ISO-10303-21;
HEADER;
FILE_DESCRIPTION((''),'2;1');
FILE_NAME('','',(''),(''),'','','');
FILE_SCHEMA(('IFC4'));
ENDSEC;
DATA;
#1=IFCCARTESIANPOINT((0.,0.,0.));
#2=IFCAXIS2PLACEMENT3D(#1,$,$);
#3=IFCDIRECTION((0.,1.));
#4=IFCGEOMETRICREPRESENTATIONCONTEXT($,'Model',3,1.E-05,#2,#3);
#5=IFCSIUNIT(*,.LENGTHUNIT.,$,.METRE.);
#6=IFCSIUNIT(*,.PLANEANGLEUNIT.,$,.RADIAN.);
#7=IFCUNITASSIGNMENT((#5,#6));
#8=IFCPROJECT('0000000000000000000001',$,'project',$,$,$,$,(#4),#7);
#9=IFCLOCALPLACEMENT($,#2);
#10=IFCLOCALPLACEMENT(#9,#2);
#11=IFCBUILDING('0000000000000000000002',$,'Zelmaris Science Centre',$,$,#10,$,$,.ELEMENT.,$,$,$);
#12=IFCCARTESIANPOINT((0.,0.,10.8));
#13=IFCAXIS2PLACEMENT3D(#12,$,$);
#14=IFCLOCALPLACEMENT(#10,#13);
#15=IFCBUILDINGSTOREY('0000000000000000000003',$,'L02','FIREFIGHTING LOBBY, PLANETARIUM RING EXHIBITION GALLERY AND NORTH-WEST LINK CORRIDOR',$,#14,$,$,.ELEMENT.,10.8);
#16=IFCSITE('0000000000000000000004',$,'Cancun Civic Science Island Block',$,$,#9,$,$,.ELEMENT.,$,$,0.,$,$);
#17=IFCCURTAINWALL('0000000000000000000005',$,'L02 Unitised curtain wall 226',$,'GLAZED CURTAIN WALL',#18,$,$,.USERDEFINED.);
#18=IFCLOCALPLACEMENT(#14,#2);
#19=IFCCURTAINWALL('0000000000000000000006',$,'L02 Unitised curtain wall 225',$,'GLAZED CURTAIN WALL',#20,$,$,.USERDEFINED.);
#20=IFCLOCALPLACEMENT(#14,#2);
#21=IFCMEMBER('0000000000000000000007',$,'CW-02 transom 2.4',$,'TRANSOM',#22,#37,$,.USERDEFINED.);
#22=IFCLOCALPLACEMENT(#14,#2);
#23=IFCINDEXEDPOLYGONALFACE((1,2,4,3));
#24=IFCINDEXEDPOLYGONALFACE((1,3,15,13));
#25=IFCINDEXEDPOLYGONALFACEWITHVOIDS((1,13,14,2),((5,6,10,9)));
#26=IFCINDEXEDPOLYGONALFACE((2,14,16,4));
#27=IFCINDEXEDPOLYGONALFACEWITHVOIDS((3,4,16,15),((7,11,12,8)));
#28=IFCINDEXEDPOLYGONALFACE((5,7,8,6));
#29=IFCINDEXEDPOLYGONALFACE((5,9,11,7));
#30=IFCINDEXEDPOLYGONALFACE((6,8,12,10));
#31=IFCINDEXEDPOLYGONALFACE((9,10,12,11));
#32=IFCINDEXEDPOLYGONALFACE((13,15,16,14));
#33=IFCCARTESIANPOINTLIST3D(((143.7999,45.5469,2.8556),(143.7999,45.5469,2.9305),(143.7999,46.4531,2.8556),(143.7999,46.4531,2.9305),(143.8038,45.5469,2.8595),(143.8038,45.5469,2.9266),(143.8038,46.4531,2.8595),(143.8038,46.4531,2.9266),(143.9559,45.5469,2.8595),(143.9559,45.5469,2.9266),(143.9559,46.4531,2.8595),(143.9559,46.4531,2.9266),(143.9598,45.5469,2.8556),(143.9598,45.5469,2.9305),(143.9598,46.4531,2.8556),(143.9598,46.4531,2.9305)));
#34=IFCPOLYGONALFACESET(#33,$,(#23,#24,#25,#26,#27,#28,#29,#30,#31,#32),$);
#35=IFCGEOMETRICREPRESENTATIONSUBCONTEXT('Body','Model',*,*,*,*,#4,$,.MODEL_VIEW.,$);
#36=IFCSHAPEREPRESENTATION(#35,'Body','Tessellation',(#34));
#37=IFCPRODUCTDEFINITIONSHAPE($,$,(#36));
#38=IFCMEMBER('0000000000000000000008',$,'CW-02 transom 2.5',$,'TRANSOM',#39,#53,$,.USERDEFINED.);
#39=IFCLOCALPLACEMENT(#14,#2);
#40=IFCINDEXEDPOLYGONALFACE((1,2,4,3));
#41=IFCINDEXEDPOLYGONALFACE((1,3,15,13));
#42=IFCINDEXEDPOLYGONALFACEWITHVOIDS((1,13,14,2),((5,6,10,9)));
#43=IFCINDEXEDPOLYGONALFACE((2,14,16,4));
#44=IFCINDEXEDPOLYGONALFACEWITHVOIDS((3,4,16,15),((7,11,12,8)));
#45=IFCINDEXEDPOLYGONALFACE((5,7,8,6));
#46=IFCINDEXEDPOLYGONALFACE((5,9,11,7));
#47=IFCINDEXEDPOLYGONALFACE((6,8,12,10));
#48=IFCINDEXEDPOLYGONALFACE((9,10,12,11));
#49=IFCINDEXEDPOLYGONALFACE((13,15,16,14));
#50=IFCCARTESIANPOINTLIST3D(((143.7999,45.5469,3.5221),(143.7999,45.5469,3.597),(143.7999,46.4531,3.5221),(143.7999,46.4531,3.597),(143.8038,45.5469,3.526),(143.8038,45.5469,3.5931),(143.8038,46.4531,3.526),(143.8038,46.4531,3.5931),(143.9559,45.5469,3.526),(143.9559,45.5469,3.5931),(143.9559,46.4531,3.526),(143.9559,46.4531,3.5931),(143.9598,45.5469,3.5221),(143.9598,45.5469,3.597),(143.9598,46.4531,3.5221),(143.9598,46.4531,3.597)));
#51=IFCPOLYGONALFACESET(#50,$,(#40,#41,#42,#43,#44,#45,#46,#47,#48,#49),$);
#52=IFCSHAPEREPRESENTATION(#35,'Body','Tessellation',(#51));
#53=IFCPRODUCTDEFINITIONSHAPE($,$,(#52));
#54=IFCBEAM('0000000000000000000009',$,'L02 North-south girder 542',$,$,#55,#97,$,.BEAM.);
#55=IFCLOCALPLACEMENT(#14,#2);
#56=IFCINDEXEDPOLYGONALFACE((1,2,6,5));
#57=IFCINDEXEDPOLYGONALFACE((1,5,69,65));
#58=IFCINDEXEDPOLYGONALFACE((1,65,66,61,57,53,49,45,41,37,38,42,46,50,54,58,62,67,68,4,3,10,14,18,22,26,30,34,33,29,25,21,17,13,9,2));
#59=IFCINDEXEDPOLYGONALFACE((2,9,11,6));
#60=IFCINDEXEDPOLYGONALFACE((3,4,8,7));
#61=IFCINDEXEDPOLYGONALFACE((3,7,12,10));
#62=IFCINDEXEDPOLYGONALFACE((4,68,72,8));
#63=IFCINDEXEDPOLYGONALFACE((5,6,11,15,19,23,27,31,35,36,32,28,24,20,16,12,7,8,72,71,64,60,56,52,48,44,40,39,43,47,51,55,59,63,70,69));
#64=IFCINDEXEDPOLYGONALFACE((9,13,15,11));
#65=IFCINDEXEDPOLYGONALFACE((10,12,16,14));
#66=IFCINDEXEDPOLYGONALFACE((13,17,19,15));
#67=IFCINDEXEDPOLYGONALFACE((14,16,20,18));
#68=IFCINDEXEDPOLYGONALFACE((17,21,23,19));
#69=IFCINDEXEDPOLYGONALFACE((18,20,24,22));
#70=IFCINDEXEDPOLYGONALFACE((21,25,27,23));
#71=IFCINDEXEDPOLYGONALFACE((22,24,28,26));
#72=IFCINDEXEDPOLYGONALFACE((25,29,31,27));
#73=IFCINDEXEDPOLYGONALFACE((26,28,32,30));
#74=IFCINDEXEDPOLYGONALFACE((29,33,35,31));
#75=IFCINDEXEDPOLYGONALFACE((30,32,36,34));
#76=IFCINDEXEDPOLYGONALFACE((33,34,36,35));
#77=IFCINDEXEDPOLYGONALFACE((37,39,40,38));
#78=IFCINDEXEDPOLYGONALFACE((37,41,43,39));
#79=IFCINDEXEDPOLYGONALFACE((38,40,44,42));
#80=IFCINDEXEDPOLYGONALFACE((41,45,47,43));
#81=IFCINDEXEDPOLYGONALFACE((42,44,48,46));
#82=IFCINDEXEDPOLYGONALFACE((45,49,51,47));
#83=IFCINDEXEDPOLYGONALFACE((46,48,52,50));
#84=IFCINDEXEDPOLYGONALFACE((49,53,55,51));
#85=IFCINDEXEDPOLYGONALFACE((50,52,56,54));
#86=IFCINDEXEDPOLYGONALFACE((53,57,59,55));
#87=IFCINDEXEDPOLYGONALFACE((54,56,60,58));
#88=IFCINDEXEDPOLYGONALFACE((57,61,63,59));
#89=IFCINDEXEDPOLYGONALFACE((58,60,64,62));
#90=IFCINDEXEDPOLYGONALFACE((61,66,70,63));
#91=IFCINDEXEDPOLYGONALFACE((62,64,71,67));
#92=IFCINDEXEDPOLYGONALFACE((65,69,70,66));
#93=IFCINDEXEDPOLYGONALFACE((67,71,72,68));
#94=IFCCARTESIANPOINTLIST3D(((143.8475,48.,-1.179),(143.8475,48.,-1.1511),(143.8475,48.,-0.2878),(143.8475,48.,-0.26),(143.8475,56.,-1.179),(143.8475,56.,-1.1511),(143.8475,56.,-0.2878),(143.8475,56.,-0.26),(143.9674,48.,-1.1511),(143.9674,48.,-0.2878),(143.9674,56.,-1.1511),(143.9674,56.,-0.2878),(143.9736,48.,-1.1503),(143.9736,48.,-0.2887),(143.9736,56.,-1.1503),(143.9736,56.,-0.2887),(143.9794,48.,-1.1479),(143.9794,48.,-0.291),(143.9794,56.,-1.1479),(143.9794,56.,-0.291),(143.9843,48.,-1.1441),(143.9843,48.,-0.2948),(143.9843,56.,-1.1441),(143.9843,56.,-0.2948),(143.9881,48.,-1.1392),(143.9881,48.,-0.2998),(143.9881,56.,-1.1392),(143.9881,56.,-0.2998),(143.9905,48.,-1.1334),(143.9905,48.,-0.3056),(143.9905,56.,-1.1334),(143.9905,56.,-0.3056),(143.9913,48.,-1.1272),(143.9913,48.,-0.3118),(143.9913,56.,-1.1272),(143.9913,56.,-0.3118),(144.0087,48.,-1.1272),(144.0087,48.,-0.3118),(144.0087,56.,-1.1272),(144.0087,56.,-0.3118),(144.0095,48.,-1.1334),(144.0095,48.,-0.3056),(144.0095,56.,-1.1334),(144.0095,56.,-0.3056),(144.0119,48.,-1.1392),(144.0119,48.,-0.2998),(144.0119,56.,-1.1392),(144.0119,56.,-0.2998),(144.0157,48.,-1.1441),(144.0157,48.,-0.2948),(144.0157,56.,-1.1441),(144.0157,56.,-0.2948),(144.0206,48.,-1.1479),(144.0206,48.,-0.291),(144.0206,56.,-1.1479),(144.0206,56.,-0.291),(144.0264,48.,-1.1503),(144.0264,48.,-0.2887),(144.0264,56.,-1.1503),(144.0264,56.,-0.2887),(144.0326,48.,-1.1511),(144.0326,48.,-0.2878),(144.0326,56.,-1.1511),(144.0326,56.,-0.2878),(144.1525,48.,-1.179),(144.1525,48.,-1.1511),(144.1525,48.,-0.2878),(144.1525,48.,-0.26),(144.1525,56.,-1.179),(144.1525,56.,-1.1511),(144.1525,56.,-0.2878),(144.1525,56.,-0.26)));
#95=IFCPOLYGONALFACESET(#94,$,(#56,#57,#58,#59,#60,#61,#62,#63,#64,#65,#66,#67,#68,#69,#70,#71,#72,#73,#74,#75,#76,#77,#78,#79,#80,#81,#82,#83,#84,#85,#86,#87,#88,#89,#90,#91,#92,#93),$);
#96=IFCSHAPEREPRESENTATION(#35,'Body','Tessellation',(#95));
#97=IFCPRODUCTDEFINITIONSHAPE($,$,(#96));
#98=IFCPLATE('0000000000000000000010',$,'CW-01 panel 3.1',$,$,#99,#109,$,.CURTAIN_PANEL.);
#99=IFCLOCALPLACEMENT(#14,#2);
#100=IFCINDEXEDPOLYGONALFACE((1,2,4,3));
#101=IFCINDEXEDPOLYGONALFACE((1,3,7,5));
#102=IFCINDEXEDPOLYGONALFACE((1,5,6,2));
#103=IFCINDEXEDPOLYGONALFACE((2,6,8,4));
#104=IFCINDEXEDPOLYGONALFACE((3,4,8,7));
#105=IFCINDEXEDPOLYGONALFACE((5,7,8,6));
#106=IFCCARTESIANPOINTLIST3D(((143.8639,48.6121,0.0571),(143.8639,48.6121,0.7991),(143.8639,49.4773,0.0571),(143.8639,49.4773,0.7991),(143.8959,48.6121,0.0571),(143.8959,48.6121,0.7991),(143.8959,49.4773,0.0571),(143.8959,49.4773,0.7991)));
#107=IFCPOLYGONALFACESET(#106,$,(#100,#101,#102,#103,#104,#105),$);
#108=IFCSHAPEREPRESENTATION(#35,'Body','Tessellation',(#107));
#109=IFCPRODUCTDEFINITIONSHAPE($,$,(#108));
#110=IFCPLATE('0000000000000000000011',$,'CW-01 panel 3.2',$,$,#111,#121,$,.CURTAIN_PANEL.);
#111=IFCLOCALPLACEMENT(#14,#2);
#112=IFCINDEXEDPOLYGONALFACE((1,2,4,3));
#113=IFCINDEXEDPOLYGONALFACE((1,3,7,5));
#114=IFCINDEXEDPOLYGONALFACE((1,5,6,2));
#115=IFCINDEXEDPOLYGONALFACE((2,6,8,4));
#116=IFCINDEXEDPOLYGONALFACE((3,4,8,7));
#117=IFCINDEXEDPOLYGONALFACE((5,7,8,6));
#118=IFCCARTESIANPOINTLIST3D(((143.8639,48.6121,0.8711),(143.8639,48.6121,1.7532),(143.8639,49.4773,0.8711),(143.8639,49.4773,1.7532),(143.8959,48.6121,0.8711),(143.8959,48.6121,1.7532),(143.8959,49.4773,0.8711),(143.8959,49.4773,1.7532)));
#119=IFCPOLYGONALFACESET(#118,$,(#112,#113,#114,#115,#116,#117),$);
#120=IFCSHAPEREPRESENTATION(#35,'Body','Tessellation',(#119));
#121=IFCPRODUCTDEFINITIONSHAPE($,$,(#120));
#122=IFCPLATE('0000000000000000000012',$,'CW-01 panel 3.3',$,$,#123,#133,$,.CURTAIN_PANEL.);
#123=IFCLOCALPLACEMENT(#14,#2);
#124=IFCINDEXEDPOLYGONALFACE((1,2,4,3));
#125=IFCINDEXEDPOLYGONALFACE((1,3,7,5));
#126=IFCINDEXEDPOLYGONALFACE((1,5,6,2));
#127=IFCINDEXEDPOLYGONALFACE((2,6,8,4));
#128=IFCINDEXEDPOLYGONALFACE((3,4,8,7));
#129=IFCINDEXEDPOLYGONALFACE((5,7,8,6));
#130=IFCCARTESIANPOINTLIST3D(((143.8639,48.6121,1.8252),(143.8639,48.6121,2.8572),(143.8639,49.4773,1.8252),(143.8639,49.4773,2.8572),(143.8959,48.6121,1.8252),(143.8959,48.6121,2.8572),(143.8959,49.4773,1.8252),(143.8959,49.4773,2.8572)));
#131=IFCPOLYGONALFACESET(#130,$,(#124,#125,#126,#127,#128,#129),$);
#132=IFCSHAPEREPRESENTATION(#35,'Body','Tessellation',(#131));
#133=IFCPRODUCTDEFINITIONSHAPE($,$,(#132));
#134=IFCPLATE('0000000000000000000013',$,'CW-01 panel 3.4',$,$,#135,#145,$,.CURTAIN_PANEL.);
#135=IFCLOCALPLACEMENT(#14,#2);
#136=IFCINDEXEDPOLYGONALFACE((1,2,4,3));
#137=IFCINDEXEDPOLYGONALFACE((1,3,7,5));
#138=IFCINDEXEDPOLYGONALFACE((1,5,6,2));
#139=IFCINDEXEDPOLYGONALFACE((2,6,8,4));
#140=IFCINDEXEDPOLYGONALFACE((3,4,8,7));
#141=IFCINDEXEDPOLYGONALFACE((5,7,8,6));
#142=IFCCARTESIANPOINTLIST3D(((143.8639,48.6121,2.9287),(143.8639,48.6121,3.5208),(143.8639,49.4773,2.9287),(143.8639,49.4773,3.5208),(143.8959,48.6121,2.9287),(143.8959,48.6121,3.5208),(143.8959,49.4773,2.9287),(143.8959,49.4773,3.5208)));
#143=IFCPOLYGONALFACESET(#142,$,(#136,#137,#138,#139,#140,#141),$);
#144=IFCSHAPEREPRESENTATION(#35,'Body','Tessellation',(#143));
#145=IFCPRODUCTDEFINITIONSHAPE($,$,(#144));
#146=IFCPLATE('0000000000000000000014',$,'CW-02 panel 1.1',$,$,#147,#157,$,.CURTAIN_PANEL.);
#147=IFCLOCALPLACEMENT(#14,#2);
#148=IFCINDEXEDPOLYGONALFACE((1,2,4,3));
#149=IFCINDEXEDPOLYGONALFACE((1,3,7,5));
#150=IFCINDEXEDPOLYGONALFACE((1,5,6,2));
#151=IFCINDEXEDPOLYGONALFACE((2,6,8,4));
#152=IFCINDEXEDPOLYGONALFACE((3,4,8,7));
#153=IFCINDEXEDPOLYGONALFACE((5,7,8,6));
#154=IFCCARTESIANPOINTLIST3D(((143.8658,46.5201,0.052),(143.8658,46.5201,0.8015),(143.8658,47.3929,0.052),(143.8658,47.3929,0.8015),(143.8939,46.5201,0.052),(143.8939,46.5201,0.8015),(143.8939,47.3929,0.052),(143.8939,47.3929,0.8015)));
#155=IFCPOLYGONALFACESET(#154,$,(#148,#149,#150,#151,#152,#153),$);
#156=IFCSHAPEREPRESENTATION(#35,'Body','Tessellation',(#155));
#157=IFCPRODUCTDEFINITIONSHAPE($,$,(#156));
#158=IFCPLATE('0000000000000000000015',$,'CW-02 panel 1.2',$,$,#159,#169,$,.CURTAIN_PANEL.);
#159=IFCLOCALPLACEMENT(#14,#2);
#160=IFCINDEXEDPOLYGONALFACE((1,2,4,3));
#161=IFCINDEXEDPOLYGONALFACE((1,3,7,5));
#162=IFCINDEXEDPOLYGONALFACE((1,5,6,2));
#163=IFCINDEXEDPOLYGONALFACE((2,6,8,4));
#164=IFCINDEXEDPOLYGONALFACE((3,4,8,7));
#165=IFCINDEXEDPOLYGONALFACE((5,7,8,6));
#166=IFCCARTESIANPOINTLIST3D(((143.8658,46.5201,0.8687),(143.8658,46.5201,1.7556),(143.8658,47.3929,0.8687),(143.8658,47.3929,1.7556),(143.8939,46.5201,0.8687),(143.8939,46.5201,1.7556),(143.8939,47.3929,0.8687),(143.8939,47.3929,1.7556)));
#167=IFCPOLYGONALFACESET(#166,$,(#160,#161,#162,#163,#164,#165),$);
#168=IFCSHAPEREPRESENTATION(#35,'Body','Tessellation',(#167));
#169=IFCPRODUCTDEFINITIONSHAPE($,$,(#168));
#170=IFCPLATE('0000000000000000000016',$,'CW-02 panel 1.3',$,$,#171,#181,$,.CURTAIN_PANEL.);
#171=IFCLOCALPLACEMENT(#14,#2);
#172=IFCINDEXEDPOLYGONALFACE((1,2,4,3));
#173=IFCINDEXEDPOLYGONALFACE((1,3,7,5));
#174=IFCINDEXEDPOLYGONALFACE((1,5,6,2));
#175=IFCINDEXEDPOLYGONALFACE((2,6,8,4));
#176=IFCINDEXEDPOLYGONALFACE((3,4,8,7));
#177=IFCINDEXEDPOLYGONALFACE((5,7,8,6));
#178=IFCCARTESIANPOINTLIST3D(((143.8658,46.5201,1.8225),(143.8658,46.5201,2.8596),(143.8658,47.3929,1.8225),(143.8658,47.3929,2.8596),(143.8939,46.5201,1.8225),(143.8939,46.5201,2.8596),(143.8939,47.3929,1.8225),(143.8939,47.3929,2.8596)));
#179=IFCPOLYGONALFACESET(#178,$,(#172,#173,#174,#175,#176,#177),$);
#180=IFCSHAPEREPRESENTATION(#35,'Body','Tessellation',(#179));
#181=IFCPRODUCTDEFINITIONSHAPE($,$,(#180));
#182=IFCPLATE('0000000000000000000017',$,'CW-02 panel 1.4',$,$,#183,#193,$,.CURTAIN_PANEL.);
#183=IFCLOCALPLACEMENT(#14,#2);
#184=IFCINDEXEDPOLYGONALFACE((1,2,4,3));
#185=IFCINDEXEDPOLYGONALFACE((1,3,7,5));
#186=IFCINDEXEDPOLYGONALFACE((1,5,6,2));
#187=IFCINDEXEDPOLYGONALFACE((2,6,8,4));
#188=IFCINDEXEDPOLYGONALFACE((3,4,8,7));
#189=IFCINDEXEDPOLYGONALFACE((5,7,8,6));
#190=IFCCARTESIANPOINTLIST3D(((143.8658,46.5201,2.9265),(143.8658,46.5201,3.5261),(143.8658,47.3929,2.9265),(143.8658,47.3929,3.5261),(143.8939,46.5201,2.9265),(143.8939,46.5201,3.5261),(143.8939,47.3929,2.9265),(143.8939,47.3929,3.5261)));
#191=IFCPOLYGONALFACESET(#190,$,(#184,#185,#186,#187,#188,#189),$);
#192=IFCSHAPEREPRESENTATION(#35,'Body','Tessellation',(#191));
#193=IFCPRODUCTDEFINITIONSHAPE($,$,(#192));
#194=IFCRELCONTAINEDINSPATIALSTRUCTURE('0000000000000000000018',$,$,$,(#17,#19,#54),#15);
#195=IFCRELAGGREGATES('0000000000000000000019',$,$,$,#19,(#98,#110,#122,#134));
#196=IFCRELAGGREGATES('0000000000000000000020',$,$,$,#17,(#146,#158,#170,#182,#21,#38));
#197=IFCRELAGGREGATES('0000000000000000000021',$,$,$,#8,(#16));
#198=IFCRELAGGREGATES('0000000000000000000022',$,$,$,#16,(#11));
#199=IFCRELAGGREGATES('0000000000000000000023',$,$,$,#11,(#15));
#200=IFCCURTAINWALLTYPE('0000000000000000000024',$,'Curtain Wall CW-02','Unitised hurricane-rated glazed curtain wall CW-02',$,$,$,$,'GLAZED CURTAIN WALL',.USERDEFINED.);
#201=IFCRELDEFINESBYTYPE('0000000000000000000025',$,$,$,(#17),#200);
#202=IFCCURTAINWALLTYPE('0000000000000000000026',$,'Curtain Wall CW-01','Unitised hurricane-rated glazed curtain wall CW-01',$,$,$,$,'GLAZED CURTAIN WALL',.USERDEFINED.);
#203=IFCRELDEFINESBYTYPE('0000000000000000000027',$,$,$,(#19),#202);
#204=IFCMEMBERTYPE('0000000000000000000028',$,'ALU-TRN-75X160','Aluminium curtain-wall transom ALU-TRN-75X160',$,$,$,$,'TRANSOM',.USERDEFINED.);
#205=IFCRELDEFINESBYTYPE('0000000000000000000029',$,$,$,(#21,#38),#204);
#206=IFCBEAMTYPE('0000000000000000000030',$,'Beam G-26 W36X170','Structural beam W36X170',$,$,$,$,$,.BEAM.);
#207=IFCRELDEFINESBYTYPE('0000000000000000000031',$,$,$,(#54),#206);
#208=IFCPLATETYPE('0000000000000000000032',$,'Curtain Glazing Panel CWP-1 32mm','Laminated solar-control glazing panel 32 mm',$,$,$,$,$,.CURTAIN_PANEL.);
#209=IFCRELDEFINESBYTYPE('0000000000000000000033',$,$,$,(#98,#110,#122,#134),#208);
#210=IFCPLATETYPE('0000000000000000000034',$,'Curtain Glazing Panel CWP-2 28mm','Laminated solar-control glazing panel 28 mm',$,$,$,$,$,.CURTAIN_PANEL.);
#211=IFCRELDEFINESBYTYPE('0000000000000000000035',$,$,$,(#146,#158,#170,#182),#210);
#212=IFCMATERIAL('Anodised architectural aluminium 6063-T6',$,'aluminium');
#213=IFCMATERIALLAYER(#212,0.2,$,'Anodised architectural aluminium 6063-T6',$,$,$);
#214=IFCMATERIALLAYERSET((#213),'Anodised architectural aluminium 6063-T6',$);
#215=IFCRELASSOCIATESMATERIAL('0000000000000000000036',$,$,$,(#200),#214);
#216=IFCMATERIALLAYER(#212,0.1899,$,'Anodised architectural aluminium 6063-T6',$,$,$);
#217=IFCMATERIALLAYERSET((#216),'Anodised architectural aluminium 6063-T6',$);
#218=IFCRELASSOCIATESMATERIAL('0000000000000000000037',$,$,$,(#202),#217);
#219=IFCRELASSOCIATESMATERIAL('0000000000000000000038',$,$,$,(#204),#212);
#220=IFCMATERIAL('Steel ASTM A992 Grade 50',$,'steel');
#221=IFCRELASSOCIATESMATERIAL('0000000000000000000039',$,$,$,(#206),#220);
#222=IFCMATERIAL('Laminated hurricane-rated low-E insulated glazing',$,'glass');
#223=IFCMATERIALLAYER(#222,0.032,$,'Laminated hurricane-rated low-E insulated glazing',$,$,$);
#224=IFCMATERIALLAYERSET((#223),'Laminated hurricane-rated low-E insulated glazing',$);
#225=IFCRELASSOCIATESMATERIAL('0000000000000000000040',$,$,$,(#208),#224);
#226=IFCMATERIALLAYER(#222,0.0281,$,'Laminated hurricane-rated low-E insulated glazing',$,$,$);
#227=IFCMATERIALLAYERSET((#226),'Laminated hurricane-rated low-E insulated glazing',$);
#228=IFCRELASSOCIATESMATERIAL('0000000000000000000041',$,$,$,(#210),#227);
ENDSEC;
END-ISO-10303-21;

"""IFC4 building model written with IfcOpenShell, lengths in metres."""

from ifc_helpers import new_model, si_unit, direction, frame, origin, origin_2d, place, context, subcontext, project, spatial, rectangle, hollow_rectangle, i_section, extrude, material, layer, layer_set, material_profile, profile_set, type_object, element, aggregate, save


model = new_model("IFC4")

# Units and contexts
model_context = context("Model", 3, precision=1e-05, world=origin(), true_north=direction((0.0, 1.0)))
body_context = subcontext(model_context, "Body", "Model", "MODEL_VIEW")
ifc_project = project(units=[si_unit("LENGTHUNIT", "METRE"), si_unit("PLANEANGLEUNIT", "RADIAN")], contexts=[model_context])

# Site, building, storey
site_placement = place(None, origin())
site = spatial("IfcSite", under=ifc_project, at=site_placement, Name="Cancun Civic Science Island Block", CompositionType="ELEMENT", RefElevation=0.0)
building_placement = place(site_placement, origin())
building = spatial("IfcBuilding", under=site, at=building_placement, Name="Zelmaris Science Centre", CompositionType="ELEMENT")
storey_placement = place(building_placement, frame((0.0, 0.0, 10.8)))
storey = spatial("IfcBuildingStorey", under=building, at=storey_placement, Name="L02", Description="FIREFIGHTING LOBBY, PLANETARIUM RING EXHIBITION GALLERY AND NORTH-WEST LINK CORRIDOR", CompositionType="ELEMENT", Elevation=10.8)

# Shared definitions
ifc_material_1 = material(Name="Steel ASTM A992 Grade 50", Category="steel")

# Curtain wall
ifc_material_2 = material(Name="Anodised architectural aluminium 6063-T6", Category="aluminium")
ifc_layer_1 = layer(ifc_material_2, 0.2, Name="Anodised architectural aluminium 6063-T6")
ifc_layer_set_1 = layer_set([ifc_layer_1], Name="Anodised architectural aluminium 6063-T6")
curtain_wall_type_1 = type_object("IfcCurtainWallType", Name="Curtain Wall CW-02", Description="Unitised hurricane-rated glazed curtain wall CW-02", ElementType="GLAZED CURTAIN WALL", PredefinedType="USERDEFINED", material=ifc_layer_set_1)
curtain_wall_1_placement = place(storey_placement, origin())
curtain_wall_1 = element("IfcCurtainWall", 1, at=curtain_wall_1_placement, inside=storey, type_object=curtain_wall_type_1, Name="L02 Unitised curtain wall 226", ObjectType="GLAZED CURTAIN WALL", PredefinedType="USERDEFINED")

# Curtain wall
ifc_layer_2 = layer(ifc_material_2, 0.1899, Name="Anodised architectural aluminium 6063-T6")
ifc_layer_set_2 = layer_set([ifc_layer_2], Name="Anodised architectural aluminium 6063-T6")
curtain_wall_type_2 = type_object("IfcCurtainWallType", Name="Curtain Wall CW-01", Description="Unitised hurricane-rated glazed curtain wall CW-01", ElementType="GLAZED CURTAIN WALL", PredefinedType="USERDEFINED", material=ifc_layer_set_2)
curtain_wall_2_placement = place(storey_placement, origin())
curtain_wall_2 = element("IfcCurtainWall", 2, at=curtain_wall_2_placement, inside=storey, type_object=curtain_wall_type_2, Name="L02 Unitised curtain wall 225", ObjectType="GLAZED CURTAIN WALL", PredefinedType="USERDEFINED")

# Members
ifc_material_profile_1 = material_profile(ifc_material_2, hollow_rectangle(XDim=0.075, YDim=0.1599, WallThickness=0.0039, at=origin_2d()), Name="ALU-TRN-75X160")
ifc_profile_set_1 = profile_set([ifc_material_profile_1], Name="Anodised architectural aluminium 6063-T6")
member_type_1 = type_object("IfcMemberType", Name="ALU-TRN-75X160", Description="Aluminium curtain-wall transom ALU-TRN-75X160", ElementType="TRANSOM", PredefinedType="USERDEFINED", material=ifc_profile_set_1)
member_1_placement = place(storey_placement, frame((143.8799, 46.4531, 2.8931), z_axis=(0.0, -1.0, 0.0), x_axis=(0.0, 0.0, 1.0)))
member_1 = element("IfcMember", 3, at=member_1_placement, type_object=member_type_1, Name="CW-02 transom 2.4", ObjectType="TRANSOM", PredefinedType="USERDEFINED", context=body_context, shape_type="SweptSolid", body=[
    extrude(hollow_rectangle(XDim=0.075, YDim=0.1599, WallThickness=0.0039, at=origin_2d()), origin(), (0.0, 0.0, 1.0), 0.9062),
])
member_2_placement = place(storey_placement, frame((143.8799, 46.4531, 3.5596), z_axis=(0.0, -1.0, 0.0), x_axis=(0.0, 0.0, 1.0)))
member_2 = element("IfcMember", 4, at=member_2_placement, type_object=member_type_1, Name="CW-02 transom 2.5", ObjectType="TRANSOM", PredefinedType="USERDEFINED", context=body_context, shape_type="SweptSolid", body=[
    extrude(hollow_rectangle(XDim=0.075, YDim=0.1599, WallThickness=0.0039, at=origin_2d()), origin(), (0.0, 0.0, 1.0), 0.9062),
])

# Beam
ifc_material_profile_2 = material_profile(ifc_material_1, i_section(OverallWidth=0.3049, OverallDepth=0.9189, WebThickness=0.0173, FlangeThickness=0.0278, FilletRadius=0.0239, at=origin_2d()), Name="W36X170")
ifc_profile_set_2 = profile_set([ifc_material_profile_2], Name="Steel ASTM A992 Grade 50")
beam_type = type_object("IfcBeamType", Name="Beam G-26 W36X170", Description="Structural beam W36X170", PredefinedType="BEAM", material=ifc_profile_set_2)
beam_placement = place(storey_placement, frame((144.0, 48.0, -0.7195), z_axis=(0.0, 1.0, 0.0), x_axis=(-1.0, 0.0, 0.0)))
element("IfcBeam", 5, at=beam_placement, inside=storey, type_object=beam_type, Name="L02 North-south girder 542", PredefinedType="BEAM", context=body_context, shape_type="SweptSolid", body=[
    extrude(i_section(OverallWidth=0.3049, OverallDepth=0.9189, WebThickness=0.0173, FlangeThickness=0.0278, FilletRadius=0.0239, at=origin_2d()), origin(), (0.0, 0.0, 1.0), 8.0),
])

# Plates
ifc_material_3 = material(Name="Laminated hurricane-rated low-E insulated glazing", Category="glass")
ifc_layer_3 = layer(ifc_material_3, 0.032, Name="Laminated hurricane-rated low-E insulated glazing")
ifc_layer_set_3 = layer_set([ifc_layer_3], Name="Laminated hurricane-rated low-E insulated glazing")
plate_type_1 = type_object("IfcPlateType", Name="Curtain Glazing Panel CWP-1 32mm", Description="Laminated solar-control glazing panel 32 mm", PredefinedType="CURTAIN_PANEL", material=ifc_layer_set_3)
plate_1_placement = place(storey_placement, frame((143.8799, 49.0447, 0.0571), z_axis=(0.0, 0.0, 1.0), x_axis=(0.0, -1.0, 0.0)))
plate_1 = element("IfcPlate", 6, at=plate_1_placement, type_object=plate_type_1, Name="CW-01 panel 3.1", PredefinedType="CURTAIN_PANEL", context=body_context, shape_type="SweptSolid", body=[
    extrude(rectangle(XDim=0.8652, YDim=0.032, at=origin_2d()), origin(), (0.0, 0.0, 1.0), 0.7419),
])
plate_2_placement = place(storey_placement, frame((143.8799, 49.0447, 0.8711), z_axis=(0.0, 0.0, 1.0), x_axis=(0.0, -1.0, 0.0)))
plate_2 = element("IfcPlate", 7, at=plate_2_placement, type_object=plate_type_1, Name="CW-01 panel 3.2", PredefinedType="CURTAIN_PANEL", context=body_context, shape_type="SweptSolid", body=[
    extrude(rectangle(XDim=0.8652, YDim=0.032, at=origin_2d()), origin(), (0.0, 0.0, 1.0), 0.8821),
])
plate_3_placement = place(storey_placement, frame((143.8799, 49.0447, 1.8252), z_axis=(0.0, 0.0, 1.0), x_axis=(0.0, -1.0, 0.0)))
plate_3 = element("IfcPlate", 8, at=plate_3_placement, type_object=plate_type_1, Name="CW-01 panel 3.3", PredefinedType="CURTAIN_PANEL", context=body_context, shape_type="SweptSolid", body=[
    extrude(rectangle(XDim=0.8652, YDim=0.032, at=origin_2d()), origin(), (0.0, 0.0, 1.0), 1.032),
])
plate_4_placement = place(storey_placement, frame((143.8799, 49.0447, 2.9287), z_axis=(0.0, 0.0, 1.0), x_axis=(0.0, -1.0, 0.0)))
plate_4 = element("IfcPlate", 9, at=plate_4_placement, type_object=plate_type_1, Name="CW-01 panel 3.4", PredefinedType="CURTAIN_PANEL", context=body_context, shape_type="SweptSolid", body=[
    extrude(rectangle(XDim=0.8652, YDim=0.032, at=origin_2d()), origin(), (0.0, 0.0, 1.0), 0.592),
])
aggregate(curtain_wall_2, [plate_1, plate_2, plate_3, plate_4])
ifc_layer_4 = layer(ifc_material_3, 0.0281, Name="Laminated hurricane-rated low-E insulated glazing")
ifc_layer_set_4 = layer_set([ifc_layer_4], Name="Laminated hurricane-rated low-E insulated glazing")
plate_type_2 = type_object("IfcPlateType", Name="Curtain Glazing Panel CWP-2 28mm", Description="Laminated solar-control glazing panel 28 mm", PredefinedType="CURTAIN_PANEL", material=ifc_layer_set_4)
plate_5_placement = place(storey_placement, frame((143.8799, 46.9565, 0.052), z_axis=(0.0, 0.0, 1.0), x_axis=(0.0, -1.0, 0.0)))
plate_5 = element("IfcPlate", 10, at=plate_5_placement, type_object=plate_type_2, Name="CW-02 panel 1.1", PredefinedType="CURTAIN_PANEL", context=body_context, shape_type="SweptSolid", body=[
    extrude(rectangle(XDim=0.8728, YDim=0.0281, at=origin_2d()), origin(), (0.0, 0.0, 1.0), 0.7495),
])
plate_6_placement = place(storey_placement, frame((143.8799, 46.9565, 0.8687), z_axis=(0.0, 0.0, 1.0), x_axis=(0.0, -1.0, 0.0)))
plate_6 = element("IfcPlate", 11, at=plate_6_placement, type_object=plate_type_2, Name="CW-02 panel 1.2", PredefinedType="CURTAIN_PANEL", context=body_context, shape_type="SweptSolid", body=[
    extrude(rectangle(XDim=0.8728, YDim=0.0281, at=origin_2d()), origin(), (0.0, 0.0, 1.0), 0.887),
])
plate_7_placement = place(storey_placement, frame((143.8799, 46.9565, 1.8225), z_axis=(0.0, 0.0, 1.0), x_axis=(0.0, -1.0, 0.0)))
plate_7 = element("IfcPlate", 12, at=plate_7_placement, type_object=plate_type_2, Name="CW-02 panel 1.3", PredefinedType="CURTAIN_PANEL", context=body_context, shape_type="SweptSolid", body=[
    extrude(rectangle(XDim=0.8728, YDim=0.0281, at=origin_2d()), origin(), (0.0, 0.0, 1.0), 1.0371),
])
plate_8_placement = place(storey_placement, frame((143.8799, 46.9565, 2.9265), z_axis=(0.0, 0.0, 1.0), x_axis=(0.0, -1.0, 0.0)))
plate_8 = element("IfcPlate", 13, at=plate_8_placement, type_object=plate_type_2, Name="CW-02 panel 1.4", PredefinedType="CURTAIN_PANEL", context=body_context, shape_type="SweptSolid", body=[
    extrude(rectangle(XDim=0.8728, YDim=0.0281, at=origin_2d()), origin(), (0.0, 0.0, 1.0), 0.5996),
])
aggregate(curtain_wall_1, [plate_5, plate_6, plate_7, plate_8, member_1, member_2])

save(model, "model.ifc")
